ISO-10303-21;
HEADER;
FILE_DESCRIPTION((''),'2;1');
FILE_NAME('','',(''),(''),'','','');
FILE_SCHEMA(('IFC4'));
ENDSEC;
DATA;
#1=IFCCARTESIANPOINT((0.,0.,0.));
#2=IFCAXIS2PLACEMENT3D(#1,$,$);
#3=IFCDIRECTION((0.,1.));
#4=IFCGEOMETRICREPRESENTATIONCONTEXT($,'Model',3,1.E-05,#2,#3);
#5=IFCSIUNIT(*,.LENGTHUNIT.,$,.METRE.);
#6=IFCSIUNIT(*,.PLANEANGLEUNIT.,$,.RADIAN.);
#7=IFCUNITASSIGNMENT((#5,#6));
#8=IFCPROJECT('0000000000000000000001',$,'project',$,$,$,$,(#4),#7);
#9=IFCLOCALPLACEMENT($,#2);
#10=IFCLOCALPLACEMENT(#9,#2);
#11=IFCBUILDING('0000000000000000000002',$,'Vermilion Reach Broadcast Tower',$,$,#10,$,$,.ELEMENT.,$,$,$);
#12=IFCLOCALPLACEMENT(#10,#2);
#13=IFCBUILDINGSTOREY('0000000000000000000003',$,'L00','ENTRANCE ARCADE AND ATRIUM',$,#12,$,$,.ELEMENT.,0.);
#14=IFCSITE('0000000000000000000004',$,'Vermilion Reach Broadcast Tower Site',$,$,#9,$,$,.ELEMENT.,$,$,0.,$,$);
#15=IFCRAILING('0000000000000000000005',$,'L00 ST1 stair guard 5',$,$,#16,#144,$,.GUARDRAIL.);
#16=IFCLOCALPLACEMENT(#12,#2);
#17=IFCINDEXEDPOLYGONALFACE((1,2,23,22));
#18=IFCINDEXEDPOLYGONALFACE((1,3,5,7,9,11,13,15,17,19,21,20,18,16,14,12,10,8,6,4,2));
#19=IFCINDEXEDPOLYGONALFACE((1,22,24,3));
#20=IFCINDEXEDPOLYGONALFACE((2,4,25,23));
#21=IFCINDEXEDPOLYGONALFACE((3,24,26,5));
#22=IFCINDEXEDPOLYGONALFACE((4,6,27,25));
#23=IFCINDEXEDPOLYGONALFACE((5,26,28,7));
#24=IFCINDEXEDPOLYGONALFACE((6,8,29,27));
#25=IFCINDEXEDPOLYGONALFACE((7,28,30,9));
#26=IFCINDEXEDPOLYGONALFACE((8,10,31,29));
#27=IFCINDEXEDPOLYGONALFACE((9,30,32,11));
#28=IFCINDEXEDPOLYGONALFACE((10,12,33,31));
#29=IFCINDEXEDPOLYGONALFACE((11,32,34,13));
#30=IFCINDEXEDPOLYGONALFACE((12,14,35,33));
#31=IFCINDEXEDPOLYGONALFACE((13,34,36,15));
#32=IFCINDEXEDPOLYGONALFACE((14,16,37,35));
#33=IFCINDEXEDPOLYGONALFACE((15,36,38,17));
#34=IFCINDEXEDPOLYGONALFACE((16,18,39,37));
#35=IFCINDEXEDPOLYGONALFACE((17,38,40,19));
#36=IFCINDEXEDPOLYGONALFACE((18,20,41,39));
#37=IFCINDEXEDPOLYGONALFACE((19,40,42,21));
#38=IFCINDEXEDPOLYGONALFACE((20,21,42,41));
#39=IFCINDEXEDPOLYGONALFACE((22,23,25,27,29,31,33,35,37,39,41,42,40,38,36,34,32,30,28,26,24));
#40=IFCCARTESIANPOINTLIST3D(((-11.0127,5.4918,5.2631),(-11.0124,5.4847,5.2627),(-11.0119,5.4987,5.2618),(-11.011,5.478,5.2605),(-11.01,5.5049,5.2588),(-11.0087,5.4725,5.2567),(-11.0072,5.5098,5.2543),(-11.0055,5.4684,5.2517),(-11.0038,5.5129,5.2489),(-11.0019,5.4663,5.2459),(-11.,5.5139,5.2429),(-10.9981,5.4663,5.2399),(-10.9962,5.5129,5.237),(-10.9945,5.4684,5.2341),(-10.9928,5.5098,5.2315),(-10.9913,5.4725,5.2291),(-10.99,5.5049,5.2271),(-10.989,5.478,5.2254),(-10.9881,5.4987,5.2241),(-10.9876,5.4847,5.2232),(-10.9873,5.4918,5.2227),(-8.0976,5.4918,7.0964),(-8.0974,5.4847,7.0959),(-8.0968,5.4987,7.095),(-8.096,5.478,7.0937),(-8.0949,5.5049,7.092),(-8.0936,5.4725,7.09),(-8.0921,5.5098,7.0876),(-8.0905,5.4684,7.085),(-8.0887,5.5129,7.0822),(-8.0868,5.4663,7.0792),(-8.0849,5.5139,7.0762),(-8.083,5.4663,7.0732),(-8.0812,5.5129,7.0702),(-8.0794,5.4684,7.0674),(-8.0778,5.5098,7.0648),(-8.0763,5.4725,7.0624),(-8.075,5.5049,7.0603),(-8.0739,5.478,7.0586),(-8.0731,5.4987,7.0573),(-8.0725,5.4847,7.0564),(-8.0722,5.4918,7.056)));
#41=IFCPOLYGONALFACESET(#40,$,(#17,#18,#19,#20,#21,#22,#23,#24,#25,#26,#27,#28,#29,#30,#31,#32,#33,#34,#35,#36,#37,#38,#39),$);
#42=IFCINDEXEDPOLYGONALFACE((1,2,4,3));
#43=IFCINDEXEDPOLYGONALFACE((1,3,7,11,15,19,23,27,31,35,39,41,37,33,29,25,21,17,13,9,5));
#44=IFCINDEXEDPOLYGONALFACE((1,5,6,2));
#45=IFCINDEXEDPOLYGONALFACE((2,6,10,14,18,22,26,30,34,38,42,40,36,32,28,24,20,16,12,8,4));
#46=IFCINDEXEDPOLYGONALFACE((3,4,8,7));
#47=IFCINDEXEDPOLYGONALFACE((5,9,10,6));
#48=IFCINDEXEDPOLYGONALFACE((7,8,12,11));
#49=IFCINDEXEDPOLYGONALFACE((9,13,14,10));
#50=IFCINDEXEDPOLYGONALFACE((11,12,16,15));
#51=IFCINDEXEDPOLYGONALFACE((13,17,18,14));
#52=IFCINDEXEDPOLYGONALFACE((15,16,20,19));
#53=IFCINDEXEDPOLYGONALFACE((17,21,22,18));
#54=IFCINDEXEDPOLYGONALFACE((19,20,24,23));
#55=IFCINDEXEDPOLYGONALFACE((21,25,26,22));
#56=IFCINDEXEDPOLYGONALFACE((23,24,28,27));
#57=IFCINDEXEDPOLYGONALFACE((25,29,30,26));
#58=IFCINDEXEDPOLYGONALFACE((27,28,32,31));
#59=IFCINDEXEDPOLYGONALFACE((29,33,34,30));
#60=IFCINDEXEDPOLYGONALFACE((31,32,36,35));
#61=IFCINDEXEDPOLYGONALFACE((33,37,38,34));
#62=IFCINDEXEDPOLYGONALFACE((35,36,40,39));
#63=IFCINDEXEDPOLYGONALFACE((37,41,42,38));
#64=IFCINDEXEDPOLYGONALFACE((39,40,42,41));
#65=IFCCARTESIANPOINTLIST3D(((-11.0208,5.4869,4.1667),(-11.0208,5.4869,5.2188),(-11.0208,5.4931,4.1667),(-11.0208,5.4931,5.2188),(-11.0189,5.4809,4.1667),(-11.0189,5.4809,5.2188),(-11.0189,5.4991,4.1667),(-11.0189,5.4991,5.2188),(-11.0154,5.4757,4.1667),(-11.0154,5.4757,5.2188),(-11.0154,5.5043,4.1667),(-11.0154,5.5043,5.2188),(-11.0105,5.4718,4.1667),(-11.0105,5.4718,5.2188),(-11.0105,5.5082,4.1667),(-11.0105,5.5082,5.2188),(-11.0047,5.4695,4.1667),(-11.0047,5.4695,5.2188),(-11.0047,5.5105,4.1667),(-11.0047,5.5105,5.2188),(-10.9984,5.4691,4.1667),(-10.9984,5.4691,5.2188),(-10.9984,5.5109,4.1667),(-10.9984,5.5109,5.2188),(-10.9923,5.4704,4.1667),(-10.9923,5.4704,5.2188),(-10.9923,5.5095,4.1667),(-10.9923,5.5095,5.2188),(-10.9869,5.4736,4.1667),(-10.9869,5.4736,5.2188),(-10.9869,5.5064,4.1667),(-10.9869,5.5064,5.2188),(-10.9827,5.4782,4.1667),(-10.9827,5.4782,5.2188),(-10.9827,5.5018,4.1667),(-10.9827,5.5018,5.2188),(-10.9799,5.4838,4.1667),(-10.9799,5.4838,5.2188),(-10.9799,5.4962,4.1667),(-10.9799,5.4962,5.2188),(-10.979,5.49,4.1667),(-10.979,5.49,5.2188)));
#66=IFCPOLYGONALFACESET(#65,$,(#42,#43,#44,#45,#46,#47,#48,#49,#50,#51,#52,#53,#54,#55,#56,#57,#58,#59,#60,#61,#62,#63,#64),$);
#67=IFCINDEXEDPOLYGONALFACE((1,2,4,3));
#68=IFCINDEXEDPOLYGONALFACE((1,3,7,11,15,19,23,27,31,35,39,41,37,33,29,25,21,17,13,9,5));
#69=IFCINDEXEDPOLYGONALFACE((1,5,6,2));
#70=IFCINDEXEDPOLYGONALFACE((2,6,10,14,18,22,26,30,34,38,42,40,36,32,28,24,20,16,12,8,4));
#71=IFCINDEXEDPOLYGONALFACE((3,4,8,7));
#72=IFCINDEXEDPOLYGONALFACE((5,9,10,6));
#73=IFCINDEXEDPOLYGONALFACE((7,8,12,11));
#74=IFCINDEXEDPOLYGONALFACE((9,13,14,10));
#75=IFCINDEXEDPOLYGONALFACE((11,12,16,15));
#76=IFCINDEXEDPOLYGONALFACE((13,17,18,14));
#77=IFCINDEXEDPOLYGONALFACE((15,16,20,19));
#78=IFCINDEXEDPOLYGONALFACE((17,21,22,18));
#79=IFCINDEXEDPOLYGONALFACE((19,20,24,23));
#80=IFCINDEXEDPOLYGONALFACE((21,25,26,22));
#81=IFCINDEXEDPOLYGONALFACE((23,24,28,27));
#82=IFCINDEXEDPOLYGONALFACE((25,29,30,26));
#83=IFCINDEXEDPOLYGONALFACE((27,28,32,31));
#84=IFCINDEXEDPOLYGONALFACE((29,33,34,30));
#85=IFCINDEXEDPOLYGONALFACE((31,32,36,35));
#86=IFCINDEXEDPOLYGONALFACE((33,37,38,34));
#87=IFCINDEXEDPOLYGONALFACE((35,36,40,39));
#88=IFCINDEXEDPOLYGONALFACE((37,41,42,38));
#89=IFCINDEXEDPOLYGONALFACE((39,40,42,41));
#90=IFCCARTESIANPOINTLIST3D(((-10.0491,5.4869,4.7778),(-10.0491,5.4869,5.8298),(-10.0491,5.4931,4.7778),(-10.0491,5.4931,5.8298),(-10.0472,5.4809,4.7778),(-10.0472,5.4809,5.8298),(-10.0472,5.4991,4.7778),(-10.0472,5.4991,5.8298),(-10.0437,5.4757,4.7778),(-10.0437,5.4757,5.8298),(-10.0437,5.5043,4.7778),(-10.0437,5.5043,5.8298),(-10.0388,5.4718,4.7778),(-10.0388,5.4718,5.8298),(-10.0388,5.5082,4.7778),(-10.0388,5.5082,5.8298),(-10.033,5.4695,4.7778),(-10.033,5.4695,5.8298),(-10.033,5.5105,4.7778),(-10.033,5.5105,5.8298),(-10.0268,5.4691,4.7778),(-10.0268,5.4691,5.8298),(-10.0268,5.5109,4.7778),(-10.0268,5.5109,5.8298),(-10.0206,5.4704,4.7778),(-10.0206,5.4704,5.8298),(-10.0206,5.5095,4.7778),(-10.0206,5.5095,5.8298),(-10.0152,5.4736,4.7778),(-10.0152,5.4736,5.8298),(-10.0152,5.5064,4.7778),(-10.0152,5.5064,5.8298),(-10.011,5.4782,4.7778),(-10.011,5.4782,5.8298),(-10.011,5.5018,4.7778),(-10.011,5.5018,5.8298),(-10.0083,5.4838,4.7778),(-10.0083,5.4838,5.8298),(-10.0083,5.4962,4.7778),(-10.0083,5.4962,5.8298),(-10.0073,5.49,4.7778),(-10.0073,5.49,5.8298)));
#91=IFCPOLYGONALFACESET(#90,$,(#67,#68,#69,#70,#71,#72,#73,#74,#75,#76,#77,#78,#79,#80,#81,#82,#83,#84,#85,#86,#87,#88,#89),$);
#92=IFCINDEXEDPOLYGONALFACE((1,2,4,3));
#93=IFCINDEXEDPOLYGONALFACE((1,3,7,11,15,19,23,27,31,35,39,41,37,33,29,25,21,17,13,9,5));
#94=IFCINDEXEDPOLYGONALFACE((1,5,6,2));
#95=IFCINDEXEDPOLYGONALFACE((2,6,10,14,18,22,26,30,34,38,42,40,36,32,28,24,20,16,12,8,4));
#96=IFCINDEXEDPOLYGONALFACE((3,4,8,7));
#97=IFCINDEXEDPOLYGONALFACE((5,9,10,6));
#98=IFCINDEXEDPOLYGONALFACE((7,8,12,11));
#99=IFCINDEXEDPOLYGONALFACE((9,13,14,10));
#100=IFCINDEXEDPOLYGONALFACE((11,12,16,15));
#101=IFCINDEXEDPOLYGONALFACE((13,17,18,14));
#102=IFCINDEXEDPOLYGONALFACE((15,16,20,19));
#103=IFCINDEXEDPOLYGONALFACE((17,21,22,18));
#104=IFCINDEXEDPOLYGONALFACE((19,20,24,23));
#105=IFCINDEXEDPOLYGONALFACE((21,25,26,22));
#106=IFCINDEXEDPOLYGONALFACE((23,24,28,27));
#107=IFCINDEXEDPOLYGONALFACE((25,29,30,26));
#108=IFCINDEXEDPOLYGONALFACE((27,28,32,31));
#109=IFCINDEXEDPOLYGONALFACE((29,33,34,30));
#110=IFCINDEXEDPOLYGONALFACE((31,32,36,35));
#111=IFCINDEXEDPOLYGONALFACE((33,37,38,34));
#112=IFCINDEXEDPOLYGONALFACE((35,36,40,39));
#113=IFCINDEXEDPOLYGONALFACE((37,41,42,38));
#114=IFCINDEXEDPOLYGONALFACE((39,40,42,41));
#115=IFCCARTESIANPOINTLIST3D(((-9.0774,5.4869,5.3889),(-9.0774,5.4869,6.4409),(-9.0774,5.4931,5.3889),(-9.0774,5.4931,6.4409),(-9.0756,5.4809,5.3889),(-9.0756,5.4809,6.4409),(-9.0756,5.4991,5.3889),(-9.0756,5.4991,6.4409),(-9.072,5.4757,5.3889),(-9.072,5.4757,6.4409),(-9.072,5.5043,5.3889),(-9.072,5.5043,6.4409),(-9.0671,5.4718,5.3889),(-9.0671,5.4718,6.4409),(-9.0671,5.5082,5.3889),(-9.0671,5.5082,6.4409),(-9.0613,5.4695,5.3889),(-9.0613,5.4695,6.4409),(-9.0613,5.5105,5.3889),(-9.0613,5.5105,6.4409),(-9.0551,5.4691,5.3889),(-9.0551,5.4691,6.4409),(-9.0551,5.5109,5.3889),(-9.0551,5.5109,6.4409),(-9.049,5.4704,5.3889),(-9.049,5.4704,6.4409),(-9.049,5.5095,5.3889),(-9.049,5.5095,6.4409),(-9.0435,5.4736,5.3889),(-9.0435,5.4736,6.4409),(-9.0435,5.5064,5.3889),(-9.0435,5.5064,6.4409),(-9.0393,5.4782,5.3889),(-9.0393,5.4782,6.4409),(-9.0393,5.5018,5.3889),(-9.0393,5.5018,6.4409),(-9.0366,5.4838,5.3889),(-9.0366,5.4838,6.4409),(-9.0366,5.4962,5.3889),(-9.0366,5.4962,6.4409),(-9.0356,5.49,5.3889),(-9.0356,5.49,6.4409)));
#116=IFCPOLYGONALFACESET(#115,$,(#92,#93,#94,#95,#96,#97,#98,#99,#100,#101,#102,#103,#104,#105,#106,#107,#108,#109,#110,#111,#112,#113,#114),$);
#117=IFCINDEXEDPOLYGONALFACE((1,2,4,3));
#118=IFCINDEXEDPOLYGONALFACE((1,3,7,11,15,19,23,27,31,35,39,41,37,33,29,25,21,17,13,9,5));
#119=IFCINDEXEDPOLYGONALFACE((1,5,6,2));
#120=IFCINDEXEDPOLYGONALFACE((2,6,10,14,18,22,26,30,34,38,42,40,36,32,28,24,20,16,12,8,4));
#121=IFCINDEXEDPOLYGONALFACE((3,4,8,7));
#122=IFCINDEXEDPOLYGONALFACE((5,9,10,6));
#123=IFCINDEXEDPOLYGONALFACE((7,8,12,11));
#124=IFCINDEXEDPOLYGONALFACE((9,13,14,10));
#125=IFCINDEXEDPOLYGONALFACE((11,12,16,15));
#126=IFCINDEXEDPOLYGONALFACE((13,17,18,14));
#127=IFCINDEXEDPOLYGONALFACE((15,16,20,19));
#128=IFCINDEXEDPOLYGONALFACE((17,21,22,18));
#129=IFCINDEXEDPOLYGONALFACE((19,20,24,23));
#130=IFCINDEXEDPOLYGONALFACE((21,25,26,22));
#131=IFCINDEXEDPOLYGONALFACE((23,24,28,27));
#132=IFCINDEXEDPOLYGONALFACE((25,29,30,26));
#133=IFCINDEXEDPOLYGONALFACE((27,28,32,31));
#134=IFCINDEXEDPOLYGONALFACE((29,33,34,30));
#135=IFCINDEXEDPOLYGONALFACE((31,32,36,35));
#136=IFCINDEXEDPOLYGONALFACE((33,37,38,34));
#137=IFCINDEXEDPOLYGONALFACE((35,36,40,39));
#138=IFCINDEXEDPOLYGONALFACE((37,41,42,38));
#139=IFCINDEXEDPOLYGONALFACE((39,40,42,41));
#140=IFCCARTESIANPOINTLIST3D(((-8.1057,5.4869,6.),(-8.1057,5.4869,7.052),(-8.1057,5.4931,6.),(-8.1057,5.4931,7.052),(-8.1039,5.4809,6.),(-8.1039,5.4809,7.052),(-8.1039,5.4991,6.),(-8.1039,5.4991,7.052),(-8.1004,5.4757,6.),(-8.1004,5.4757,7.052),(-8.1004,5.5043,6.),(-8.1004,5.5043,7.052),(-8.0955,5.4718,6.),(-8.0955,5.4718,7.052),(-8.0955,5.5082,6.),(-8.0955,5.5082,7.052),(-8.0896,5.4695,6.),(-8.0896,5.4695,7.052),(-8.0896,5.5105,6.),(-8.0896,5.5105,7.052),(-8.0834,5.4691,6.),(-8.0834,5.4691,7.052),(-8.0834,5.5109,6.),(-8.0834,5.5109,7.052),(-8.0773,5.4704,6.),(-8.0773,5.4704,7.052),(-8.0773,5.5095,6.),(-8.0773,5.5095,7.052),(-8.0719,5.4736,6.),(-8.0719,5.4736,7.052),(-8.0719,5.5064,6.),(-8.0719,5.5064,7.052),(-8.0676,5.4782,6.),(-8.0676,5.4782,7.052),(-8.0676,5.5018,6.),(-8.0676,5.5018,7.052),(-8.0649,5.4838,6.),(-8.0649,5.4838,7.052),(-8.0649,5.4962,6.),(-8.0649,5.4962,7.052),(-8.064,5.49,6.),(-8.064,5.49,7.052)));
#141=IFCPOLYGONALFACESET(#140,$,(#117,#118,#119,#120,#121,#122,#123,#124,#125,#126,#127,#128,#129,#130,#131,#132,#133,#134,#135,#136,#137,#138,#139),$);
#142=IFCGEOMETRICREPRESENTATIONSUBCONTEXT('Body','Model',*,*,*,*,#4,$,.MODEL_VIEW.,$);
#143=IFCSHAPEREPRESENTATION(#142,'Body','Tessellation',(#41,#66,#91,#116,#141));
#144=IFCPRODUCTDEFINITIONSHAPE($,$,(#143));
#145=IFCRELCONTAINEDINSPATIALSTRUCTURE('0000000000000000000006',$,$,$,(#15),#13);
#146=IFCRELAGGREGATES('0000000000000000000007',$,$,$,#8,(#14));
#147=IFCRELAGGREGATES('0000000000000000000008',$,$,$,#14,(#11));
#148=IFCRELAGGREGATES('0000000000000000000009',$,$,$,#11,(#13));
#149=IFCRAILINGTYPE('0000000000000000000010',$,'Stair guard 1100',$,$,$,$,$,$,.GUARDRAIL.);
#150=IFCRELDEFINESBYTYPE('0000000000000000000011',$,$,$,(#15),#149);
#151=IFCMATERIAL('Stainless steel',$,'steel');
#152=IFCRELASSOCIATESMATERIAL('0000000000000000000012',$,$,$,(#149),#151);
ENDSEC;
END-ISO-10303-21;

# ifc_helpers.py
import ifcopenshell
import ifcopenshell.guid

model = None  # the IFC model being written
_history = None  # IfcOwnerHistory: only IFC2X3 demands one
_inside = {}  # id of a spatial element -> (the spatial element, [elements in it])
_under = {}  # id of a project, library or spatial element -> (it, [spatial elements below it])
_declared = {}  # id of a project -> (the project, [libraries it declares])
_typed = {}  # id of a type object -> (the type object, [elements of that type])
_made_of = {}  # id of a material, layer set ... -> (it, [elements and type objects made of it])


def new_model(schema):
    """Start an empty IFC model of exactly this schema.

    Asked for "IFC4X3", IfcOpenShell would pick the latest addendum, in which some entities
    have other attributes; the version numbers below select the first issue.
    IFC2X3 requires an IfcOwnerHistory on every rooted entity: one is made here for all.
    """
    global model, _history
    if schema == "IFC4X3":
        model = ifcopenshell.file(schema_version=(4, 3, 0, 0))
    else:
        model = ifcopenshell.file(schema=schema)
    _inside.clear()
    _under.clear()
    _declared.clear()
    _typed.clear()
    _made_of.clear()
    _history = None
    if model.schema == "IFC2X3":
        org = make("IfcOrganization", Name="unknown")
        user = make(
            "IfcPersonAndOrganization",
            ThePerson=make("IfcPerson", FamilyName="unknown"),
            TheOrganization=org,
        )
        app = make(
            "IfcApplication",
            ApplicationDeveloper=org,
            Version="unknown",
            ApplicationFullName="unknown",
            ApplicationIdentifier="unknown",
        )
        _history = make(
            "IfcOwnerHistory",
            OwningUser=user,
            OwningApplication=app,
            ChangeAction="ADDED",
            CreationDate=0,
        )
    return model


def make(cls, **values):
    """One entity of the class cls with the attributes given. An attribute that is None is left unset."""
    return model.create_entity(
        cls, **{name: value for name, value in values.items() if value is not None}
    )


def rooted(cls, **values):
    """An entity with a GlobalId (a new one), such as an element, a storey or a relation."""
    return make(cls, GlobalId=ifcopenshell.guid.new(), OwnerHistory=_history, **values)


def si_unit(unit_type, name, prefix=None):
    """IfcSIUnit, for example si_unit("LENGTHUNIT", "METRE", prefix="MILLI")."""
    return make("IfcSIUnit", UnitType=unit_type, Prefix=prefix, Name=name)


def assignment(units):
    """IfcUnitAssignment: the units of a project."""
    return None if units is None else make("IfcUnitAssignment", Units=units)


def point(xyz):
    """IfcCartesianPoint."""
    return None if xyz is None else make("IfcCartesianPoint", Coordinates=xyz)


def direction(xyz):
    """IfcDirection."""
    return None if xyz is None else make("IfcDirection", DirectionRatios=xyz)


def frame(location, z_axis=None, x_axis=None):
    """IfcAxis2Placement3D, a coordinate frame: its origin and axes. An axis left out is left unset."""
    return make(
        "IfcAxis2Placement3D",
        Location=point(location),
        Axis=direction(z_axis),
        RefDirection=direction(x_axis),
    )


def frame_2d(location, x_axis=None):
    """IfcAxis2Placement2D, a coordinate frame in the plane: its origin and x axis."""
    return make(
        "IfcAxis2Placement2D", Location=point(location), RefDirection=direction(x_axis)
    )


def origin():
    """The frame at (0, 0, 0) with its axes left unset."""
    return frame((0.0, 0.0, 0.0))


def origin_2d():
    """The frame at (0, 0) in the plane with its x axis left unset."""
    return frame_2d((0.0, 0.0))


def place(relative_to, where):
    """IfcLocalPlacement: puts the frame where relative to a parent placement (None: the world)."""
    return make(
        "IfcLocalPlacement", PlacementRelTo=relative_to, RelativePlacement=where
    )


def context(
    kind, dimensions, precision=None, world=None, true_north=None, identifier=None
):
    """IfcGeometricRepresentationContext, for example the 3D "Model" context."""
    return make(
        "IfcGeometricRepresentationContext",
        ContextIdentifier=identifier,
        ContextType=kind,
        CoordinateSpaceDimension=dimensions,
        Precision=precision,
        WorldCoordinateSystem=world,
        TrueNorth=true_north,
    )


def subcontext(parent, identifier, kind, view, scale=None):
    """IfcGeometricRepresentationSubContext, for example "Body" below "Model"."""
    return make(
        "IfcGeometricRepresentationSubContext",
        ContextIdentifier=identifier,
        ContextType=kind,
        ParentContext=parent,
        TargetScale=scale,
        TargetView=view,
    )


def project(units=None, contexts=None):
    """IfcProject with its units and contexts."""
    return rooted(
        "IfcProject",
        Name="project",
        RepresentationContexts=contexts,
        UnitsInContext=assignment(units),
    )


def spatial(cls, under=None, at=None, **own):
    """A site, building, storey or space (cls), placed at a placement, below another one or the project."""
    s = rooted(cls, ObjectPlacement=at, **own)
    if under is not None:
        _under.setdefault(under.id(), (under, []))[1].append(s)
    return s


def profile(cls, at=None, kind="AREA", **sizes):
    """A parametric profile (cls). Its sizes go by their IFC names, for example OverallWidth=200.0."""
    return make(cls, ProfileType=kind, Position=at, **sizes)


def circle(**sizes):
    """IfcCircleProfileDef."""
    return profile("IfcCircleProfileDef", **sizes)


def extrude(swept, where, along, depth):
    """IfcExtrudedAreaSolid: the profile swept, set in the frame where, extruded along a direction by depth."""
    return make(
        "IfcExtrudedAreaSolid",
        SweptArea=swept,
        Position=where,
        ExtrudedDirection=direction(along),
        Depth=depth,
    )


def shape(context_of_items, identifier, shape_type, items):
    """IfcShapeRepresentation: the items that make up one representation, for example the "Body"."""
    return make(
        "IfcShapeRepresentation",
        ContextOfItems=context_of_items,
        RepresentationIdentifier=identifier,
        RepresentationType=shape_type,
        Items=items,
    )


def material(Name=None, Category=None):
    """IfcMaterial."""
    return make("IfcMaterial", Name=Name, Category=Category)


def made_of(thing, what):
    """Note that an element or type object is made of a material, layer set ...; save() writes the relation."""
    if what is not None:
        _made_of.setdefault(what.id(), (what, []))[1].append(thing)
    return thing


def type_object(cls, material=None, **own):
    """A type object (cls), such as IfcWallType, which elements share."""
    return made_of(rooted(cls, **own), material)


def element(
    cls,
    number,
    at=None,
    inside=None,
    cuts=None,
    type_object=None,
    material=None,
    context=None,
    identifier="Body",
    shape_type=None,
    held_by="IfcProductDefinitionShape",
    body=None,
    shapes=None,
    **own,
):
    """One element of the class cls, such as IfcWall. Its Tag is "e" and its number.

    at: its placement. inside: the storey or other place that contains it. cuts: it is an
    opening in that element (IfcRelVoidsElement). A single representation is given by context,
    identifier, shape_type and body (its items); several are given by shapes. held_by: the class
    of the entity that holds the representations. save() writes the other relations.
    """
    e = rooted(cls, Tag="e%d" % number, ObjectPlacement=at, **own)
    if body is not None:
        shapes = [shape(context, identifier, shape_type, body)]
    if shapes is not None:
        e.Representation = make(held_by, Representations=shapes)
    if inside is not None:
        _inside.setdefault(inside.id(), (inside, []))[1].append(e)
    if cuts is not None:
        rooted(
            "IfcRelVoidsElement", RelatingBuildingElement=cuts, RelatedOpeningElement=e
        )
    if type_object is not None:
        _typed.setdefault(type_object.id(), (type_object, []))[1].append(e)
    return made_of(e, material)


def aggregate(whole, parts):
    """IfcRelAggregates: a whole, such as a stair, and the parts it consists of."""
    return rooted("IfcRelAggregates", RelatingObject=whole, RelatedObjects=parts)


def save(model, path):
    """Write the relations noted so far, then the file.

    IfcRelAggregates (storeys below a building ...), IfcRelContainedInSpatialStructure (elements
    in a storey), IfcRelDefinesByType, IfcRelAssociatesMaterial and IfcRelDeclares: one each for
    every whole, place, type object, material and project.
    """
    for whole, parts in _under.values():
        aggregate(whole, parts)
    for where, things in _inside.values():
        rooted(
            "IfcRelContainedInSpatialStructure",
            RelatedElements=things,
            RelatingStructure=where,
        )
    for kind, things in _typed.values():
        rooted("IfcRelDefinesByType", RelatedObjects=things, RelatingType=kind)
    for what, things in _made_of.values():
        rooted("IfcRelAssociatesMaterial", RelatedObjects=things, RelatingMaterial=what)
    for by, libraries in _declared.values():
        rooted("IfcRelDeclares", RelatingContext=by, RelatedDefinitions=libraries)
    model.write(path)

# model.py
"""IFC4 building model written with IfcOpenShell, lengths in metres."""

from ifc_helpers import new_model, si_unit, direction, frame, origin, origin_2d, place, context, subcontext, project, spatial, circle, extrude, material, type_object, element, save


model = new_model("IFC4")

# Units and contexts
model_context = context("Model", 3, precision=1e-05, world=origin(), true_north=direction((0.0, 1.0)))
body_context = subcontext(model_context, "Body", "Model", "MODEL_VIEW")
ifc_project = project(units=[si_unit("LENGTHUNIT", "METRE"), si_unit("PLANEANGLEUNIT", "RADIAN")], contexts=[model_context])

# Site, building, storey
site_placement = place(None, origin())
site = spatial("IfcSite", under=ifc_project, at=site_placement, Name="Vermilion Reach Broadcast Tower Site", CompositionType="ELEMENT", RefElevation=0.0)
building_placement = place(site_placement, origin())
building = spatial("IfcBuilding", under=site, at=building_placement, Name="Vermilion Reach Broadcast Tower", CompositionType="ELEMENT")
storey_placement = place(building_placement, origin())
storey = spatial("IfcBuildingStorey", under=building, at=storey_placement, Name="L00", Description="ENTRANCE ARCADE AND ATRIUM", CompositionType="ELEMENT", Elevation=0.0)

# Railing
ifc_material_1 = material(Name="Stainless steel", Category="steel")
railing_type_1 = type_object("IfcRailingType", Name="Stair guard 1100", PredefinedType="GUARDRAIL", material=ifc_material_1)
railing_1_placement = place(storey_placement, frame((-11.0, 5.49, 4.1667)))
element("IfcRailing", 1, at=railing_1_placement, inside=storey, type_object=railing_type_1, Name="L00 ST1 stair guard 5", PredefinedType="GUARDRAIL", context=body_context, shape_type="SweptSolid", body=[
    extrude(circle(Radius=0.0239, at=origin_2d()), frame((0.0, 0.0, 1.0762), z_axis=(0.846513, 0.0, 0.532368), x_axis=(0.0, 1.0, 0.0)), (0.0, 0.0, 1.0), 3.4436),
    extrude(circle(Radius=0.021, at=origin_2d()), origin(), (0.0, 0.0, 1.0), 1.052),
    extrude(circle(Radius=0.021, at=origin_2d()), frame((0.9717, 0.0, 0.6111)), (0.0, 0.0, 1.0), 1.052),
    extrude(circle(Radius=0.021, at=origin_2d()), frame((1.9434, 0.0, 1.2222)), (0.0, 0.0, 1.0), 1.052),
    extrude(circle(Radius=0.021, at=origin_2d()), frame((2.915, 0.0, 1.8333)), (0.0, 0.0, 1.0), 1.052),
])

save(model, "model.ifc")
